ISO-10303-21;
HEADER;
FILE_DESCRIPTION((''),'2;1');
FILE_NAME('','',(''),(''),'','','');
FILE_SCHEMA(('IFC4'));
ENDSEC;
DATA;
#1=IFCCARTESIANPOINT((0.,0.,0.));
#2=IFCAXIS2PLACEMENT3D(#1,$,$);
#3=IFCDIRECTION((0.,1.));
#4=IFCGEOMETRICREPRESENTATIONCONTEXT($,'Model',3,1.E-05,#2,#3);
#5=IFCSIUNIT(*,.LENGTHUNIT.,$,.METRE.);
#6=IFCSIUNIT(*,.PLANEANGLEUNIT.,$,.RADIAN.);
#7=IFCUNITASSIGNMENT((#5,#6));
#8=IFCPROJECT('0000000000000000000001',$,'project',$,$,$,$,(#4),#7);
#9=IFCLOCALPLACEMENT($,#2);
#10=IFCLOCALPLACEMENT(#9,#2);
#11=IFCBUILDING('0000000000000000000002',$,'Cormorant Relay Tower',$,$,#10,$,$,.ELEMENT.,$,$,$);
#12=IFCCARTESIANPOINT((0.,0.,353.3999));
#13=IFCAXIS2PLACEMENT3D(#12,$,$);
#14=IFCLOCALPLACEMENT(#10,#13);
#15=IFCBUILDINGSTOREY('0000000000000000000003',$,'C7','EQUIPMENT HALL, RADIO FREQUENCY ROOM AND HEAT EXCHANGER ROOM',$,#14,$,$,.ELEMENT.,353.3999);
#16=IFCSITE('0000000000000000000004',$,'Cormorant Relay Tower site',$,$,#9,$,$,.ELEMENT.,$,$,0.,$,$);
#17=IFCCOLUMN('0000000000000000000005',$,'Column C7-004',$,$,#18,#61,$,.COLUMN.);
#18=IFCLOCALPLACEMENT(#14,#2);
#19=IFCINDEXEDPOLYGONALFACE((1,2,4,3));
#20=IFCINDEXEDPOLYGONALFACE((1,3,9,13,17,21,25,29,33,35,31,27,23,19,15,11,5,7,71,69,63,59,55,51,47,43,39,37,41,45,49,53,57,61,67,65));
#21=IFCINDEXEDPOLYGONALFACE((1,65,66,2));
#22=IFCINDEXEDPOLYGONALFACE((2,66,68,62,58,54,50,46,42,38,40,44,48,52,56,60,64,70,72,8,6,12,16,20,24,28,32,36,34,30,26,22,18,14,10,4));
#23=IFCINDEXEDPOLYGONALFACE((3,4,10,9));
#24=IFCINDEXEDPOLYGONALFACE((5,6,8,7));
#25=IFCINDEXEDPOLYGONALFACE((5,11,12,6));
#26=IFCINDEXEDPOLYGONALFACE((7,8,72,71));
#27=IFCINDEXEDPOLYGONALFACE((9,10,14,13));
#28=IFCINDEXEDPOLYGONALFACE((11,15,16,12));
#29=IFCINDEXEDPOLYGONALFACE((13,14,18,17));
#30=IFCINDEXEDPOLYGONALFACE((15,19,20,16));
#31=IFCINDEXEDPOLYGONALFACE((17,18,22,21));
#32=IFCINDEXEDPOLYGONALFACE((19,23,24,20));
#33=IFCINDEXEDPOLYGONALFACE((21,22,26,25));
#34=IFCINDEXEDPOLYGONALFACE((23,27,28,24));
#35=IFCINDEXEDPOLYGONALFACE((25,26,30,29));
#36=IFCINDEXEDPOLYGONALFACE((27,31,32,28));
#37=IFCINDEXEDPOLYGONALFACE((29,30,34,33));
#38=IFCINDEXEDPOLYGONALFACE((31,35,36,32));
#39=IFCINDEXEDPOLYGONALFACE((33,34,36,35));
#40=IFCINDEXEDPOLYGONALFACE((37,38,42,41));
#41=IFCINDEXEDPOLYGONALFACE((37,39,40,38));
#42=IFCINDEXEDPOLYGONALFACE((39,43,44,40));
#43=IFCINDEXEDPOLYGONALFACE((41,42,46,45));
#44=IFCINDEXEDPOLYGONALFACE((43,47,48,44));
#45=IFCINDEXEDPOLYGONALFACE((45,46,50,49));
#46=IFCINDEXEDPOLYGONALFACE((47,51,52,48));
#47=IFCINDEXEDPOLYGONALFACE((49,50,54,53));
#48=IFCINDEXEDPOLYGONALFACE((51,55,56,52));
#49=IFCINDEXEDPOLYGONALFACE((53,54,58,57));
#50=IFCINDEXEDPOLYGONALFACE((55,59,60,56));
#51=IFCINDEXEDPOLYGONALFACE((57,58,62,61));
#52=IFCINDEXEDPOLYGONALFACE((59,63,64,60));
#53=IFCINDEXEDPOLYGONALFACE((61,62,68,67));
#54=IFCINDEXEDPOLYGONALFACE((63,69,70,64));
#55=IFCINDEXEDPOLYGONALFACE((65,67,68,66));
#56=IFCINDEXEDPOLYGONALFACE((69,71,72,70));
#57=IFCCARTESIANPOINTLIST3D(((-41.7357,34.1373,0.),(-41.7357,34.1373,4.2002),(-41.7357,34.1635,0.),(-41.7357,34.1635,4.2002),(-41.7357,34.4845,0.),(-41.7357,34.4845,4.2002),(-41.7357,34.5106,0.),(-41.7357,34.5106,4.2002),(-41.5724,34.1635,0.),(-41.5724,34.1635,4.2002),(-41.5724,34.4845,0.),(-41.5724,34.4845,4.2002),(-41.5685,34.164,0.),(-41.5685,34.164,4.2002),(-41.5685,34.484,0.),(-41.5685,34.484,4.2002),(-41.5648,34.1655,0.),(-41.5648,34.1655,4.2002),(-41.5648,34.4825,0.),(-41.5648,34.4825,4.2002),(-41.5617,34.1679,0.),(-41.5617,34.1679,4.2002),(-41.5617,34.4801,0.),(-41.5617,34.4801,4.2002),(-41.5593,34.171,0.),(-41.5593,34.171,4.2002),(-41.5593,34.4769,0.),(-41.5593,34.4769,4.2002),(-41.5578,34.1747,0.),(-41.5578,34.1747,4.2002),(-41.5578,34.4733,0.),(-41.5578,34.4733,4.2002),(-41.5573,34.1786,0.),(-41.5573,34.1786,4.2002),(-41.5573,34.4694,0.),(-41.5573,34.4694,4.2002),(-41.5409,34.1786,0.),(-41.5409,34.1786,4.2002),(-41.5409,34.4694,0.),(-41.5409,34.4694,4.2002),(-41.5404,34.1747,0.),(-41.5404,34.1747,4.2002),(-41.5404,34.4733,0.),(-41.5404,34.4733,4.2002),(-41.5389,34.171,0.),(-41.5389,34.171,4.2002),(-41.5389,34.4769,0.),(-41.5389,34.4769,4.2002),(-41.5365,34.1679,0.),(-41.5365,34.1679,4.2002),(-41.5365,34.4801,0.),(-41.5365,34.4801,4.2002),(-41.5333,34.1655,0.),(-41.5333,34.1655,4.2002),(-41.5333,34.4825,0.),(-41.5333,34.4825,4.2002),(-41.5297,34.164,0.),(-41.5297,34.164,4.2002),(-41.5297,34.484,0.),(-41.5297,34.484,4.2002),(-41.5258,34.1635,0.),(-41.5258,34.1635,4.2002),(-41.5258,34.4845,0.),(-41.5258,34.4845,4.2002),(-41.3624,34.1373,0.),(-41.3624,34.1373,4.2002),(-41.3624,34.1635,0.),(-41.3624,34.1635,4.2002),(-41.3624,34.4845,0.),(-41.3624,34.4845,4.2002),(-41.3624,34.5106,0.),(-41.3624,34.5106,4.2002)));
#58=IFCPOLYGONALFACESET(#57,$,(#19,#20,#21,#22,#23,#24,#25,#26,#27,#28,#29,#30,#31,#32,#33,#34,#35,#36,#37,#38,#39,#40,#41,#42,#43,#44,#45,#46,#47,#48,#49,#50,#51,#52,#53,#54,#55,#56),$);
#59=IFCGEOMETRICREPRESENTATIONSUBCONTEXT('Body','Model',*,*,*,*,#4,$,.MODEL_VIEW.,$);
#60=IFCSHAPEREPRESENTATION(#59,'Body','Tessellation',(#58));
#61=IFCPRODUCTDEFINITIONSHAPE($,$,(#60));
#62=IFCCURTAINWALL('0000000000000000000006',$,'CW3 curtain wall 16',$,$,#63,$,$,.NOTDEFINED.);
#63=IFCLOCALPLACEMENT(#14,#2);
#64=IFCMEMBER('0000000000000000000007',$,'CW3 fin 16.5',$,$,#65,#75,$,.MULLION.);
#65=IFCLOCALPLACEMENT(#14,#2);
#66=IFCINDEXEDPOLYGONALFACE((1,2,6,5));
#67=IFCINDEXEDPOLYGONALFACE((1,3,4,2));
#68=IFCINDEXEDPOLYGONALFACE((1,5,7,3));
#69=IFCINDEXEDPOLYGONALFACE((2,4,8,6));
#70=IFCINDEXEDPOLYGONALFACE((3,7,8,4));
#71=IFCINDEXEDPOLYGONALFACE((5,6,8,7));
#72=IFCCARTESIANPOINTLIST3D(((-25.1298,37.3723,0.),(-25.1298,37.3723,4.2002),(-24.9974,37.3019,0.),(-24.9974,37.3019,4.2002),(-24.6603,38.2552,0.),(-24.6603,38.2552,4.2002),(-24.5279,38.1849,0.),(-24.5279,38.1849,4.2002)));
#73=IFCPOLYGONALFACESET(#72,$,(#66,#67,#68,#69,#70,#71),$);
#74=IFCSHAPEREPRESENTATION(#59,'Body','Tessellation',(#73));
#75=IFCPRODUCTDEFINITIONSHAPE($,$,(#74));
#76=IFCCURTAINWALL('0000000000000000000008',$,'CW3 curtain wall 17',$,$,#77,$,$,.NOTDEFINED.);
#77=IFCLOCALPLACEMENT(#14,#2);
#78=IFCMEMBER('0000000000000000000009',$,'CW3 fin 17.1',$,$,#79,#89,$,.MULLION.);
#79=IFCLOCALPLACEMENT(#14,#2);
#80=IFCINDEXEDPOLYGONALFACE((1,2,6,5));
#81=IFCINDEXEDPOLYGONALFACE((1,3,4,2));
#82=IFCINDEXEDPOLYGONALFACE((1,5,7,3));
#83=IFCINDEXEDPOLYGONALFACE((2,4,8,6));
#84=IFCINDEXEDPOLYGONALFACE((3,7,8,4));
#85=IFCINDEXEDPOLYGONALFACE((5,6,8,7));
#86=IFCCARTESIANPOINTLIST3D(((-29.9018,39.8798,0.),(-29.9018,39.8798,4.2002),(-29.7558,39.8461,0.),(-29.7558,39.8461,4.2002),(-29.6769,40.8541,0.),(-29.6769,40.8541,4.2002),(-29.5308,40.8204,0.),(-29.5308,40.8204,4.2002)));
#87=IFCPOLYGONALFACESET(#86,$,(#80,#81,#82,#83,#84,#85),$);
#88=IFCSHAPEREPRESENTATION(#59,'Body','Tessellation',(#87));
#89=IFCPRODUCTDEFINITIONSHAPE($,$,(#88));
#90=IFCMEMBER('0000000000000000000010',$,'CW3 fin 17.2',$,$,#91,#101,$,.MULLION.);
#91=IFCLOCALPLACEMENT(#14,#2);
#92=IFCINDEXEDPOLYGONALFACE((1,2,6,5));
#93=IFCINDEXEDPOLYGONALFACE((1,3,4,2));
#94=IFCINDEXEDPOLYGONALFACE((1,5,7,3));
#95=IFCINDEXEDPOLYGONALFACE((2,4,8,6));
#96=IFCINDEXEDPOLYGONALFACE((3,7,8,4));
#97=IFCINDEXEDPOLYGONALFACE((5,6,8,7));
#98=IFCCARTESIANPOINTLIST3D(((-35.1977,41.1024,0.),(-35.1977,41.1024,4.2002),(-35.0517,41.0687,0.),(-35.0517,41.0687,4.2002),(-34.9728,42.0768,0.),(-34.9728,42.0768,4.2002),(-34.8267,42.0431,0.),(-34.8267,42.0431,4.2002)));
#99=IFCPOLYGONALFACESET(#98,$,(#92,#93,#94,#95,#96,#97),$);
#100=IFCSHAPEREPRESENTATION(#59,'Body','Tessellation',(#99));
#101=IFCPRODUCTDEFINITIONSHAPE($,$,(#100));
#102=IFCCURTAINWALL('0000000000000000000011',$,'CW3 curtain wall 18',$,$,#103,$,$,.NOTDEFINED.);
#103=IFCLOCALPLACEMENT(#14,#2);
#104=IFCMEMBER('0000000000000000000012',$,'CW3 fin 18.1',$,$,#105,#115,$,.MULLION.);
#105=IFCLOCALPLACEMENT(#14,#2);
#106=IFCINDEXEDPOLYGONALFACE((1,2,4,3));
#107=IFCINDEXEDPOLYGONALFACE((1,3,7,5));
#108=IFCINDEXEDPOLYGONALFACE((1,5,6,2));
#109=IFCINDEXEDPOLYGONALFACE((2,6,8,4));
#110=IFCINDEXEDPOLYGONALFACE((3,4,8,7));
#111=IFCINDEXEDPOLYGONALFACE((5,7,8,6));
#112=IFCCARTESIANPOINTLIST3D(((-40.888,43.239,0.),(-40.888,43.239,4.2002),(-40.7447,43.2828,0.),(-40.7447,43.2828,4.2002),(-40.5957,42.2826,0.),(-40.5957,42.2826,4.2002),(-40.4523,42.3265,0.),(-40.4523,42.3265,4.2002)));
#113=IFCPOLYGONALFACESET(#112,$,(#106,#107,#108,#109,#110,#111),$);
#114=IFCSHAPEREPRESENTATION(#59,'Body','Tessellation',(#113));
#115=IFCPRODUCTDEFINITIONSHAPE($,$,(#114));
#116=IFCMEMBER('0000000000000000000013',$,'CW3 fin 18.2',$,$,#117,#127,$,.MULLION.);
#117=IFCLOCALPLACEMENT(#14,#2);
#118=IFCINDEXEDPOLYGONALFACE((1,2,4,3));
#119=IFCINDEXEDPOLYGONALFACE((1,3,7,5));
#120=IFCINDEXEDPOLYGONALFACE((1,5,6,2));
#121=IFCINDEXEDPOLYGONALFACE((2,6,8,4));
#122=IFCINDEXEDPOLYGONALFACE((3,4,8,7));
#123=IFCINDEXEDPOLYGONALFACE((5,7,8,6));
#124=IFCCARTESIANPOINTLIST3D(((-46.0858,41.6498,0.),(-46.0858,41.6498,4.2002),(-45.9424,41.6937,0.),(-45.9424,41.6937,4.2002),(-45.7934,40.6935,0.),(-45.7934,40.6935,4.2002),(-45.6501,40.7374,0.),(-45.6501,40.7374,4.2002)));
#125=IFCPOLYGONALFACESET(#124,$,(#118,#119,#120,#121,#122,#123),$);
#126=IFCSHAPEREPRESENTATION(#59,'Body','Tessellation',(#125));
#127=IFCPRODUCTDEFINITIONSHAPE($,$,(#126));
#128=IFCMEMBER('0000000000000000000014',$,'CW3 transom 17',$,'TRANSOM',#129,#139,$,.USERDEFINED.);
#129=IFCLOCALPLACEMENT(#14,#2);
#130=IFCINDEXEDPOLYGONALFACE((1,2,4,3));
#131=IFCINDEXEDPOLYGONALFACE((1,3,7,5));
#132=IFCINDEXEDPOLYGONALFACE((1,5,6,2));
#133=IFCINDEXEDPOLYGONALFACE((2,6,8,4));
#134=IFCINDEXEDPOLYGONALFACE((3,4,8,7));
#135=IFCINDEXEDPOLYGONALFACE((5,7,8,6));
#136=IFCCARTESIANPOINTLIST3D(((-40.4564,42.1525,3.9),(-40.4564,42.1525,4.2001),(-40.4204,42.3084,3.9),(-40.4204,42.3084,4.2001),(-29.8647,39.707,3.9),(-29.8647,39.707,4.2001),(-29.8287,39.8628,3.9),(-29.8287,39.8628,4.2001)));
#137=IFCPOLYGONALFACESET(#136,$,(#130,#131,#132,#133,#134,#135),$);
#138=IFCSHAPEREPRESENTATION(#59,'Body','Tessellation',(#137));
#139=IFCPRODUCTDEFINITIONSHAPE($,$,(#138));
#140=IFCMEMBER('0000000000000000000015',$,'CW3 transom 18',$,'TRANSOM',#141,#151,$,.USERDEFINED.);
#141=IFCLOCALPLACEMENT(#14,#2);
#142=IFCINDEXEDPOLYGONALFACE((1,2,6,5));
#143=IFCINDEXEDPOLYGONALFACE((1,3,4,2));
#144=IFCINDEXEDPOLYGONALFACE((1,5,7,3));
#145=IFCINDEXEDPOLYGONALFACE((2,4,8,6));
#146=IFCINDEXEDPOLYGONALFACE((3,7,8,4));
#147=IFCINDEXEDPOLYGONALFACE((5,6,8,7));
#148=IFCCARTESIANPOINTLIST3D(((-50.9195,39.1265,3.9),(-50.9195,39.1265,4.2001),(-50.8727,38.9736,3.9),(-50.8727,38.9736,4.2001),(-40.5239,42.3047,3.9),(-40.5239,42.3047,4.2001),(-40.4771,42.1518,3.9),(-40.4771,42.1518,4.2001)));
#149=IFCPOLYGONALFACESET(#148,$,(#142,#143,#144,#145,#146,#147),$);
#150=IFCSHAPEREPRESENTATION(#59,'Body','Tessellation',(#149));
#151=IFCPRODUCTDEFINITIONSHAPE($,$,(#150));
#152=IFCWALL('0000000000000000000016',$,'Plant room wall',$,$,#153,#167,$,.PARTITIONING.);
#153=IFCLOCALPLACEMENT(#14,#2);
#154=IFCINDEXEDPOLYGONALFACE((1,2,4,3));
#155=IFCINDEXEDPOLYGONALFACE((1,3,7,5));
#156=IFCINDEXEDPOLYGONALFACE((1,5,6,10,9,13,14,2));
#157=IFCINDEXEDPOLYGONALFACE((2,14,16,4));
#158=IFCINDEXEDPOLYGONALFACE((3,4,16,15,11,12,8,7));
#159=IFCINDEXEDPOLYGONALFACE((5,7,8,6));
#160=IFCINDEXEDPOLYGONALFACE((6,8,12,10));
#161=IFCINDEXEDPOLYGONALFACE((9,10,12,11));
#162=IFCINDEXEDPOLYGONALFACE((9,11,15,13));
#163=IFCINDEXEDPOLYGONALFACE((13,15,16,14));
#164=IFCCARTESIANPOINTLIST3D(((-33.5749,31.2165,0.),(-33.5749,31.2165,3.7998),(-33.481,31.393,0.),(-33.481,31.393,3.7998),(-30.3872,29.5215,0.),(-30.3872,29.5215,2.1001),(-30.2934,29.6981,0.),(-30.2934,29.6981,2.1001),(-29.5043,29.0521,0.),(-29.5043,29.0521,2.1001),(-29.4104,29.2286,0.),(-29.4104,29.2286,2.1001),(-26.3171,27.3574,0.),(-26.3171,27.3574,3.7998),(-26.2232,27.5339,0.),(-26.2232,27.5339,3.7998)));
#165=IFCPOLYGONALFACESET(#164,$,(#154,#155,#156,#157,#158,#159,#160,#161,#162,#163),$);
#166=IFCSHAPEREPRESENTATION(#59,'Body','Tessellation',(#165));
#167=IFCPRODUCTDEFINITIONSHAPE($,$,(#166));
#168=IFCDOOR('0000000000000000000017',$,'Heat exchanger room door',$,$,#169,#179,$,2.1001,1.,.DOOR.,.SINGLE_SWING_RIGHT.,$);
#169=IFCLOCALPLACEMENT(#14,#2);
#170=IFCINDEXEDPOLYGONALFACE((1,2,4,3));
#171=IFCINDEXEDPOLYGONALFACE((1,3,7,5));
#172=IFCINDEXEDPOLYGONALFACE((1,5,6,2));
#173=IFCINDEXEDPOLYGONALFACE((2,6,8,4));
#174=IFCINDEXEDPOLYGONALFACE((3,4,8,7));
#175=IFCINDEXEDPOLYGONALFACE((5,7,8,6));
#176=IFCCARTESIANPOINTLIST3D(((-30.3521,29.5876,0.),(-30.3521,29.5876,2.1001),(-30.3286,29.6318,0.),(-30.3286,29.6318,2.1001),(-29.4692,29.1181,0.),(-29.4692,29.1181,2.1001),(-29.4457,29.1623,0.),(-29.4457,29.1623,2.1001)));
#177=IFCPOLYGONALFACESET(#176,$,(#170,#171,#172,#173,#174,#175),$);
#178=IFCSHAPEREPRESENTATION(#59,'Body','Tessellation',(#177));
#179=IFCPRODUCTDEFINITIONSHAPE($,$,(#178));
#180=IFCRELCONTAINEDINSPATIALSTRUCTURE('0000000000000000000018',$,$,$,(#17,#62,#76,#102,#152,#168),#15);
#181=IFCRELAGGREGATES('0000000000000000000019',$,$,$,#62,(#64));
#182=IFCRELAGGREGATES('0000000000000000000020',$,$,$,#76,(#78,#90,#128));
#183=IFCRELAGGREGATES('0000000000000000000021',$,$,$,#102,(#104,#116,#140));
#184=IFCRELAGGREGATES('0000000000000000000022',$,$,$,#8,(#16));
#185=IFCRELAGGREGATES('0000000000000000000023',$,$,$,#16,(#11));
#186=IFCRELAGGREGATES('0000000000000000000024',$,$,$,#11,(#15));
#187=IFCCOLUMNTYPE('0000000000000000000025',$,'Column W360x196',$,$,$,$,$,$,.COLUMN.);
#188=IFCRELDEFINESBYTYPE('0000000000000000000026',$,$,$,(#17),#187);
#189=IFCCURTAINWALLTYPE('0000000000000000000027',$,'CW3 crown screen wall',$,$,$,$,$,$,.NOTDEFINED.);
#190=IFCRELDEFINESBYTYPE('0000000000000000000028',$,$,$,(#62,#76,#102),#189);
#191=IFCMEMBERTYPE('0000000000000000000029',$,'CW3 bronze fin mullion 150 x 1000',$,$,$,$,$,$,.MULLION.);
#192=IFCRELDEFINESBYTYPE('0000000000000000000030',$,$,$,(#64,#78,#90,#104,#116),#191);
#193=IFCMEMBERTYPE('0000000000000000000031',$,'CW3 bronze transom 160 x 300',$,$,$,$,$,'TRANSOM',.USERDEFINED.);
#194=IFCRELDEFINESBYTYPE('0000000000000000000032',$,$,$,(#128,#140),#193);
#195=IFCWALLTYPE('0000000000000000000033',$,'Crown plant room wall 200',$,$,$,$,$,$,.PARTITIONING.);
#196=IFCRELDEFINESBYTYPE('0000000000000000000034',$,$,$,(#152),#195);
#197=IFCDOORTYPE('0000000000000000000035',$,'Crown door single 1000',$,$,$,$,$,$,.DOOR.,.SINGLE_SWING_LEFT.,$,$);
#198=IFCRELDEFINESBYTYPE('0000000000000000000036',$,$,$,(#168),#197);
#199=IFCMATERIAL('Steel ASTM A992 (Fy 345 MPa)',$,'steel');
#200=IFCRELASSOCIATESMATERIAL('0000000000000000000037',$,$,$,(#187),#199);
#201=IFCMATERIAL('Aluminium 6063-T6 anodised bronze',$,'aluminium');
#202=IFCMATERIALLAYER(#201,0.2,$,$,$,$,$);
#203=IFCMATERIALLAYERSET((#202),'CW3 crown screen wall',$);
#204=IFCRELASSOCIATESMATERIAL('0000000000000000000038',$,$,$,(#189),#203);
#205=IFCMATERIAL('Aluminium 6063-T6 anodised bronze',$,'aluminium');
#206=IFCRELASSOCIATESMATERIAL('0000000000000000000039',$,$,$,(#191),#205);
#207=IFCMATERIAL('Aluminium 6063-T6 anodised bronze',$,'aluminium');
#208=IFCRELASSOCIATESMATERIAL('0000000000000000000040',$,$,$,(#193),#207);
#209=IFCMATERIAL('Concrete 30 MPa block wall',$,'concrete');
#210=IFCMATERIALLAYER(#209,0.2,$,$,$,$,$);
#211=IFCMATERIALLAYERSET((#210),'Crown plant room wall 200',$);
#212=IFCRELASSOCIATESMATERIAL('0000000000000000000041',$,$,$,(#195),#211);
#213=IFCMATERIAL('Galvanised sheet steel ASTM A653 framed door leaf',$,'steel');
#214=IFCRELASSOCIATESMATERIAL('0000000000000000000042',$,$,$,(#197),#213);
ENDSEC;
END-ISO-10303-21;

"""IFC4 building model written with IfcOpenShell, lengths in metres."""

from ifc_helpers import new_model, si_unit, direction, frame, frame_2d, origin, origin_2d, place, context, subcontext, project, spatial, rectangle, i_section, extrude, material, layer, layer_set, material_profile, profile_set, type_object, element, fill, aggregate, save


model = new_model("IFC4")

# Units and contexts
model_context = context("Model", 3, precision=1e-05, world=origin(), true_north=direction((0.0, 1.0)))
body_context = subcontext(model_context, "Body", "Model", "MODEL_VIEW")
ifc_project = project(units=[si_unit("LENGTHUNIT", "METRE"), si_unit("PLANEANGLEUNIT", "RADIAN")], contexts=[model_context])

# Site, building, storey
site_placement = place(None, origin())
site = spatial("IfcSite", under=ifc_project, at=site_placement, Name="Cormorant Relay Tower site", CompositionType="ELEMENT", RefElevation=0.0)
building_placement = place(site_placement, origin())
building = spatial("IfcBuilding", under=site, at=building_placement, Name="Cormorant Relay Tower", CompositionType="ELEMENT")
storey_placement = place(building_placement, frame((0.0, 0.0, 353.3999)))
storey = spatial("IfcBuildingStorey", under=building, at=storey_placement, Name="C7", Description="EQUIPMENT HALL, RADIO FREQUENCY ROOM AND HEAT EXCHANGER ROOM", CompositionType="ELEMENT", Elevation=353.3999)

# Column
ifc_material_1 = material(Name="Steel ASTM A992 (Fy 345 MPa)", Category="steel")
ifc_material_profile_1 = material_profile(ifc_material_1, i_section(OverallWidth=0.3733, OverallDepth=0.3733, WebThickness=0.0164, FlangeThickness=0.0261, FilletRadius=0.0151, at=origin_2d()), Name="W360x196")
ifc_profile_set_1 = profile_set([ifc_material_profile_1], Name="Steel ASTM A992 (Fy 345 MPa)")
column_type = type_object("IfcColumnType", Name="Column W360x196", PredefinedType="COLUMN", material=ifc_profile_set_1)
column_placement = place(storey_placement, frame((-41.5491, 34.324, 0.0), z_axis=(0.0, 0.0, 1.0), x_axis=(1.0, 0.0, 0.0)))
element("IfcColumn", 1, at=column_placement, inside=storey, type_object=column_type, Name="Column C7-004", PredefinedType="COLUMN", context=body_context, shape_type="SweptSolid", body=[
    extrude(i_section(OverallWidth=0.3733, OverallDepth=0.3733, WebThickness=0.0164, FlangeThickness=0.0261, FilletRadius=0.0151, at=origin_2d()), origin(), (0.0, 0.0, 1.0), 4.2002),
])

# Curtain wall, member
ifc_material_2 = material(Name="Aluminium 6063-T6 anodised bronze", Category="aluminium")
ifc_layer_1 = layer(ifc_material_2, 0.2)
ifc_layer_set_1 = layer_set([ifc_layer_1], Name="CW3 crown screen wall")
curtain_wall_type = type_object("IfcCurtainWallType", Name="CW3 crown screen wall", PredefinedType="NOTDEFINED", material=ifc_layer_set_1)
curtain_wall_1_placement = place(storey_placement, origin())
curtain_wall_1 = element("IfcCurtainWall", 2, at=curtain_wall_1_placement, inside=storey, type_object=curtain_wall_type, Name="CW3 curtain wall 16", PredefinedType="NOTDEFINED")
ifc_material_3 = material(Name="Aluminium 6063-T6 anodised bronze", Category="aluminium")
ifc_material_profile_2 = material_profile(ifc_material_3, rectangle(XDim=0.1499, YDim=1.0, at=origin_2d()), Name="AL 150x1000")
ifc_profile_set_2 = profile_set([ifc_material_profile_2], Name="Aluminium 6063-T6 anodised bronze")
member_type_1 = type_object("IfcMemberType", Name="CW3 bronze fin mullion 150 x 1000", PredefinedType="MULLION", material=ifc_profile_set_2)
member_1_placement = place(storey_placement, frame((-24.8289, 37.7786, 0.0), z_axis=(0.0, 0.0, 1.0), x_axis=(-0.882948, 0.469472, 0.0)))
member_1 = element("IfcMember", 3, at=member_1_placement, type_object=member_type_1, Name="CW3 fin 16.5", PredefinedType="MULLION", context=body_context, shape_type="SweptSolid", body=[
    extrude(rectangle(XDim=0.1499, YDim=1.0, at=origin_2d()), origin(), (0.0, 0.0, 1.0), 4.2002),
])

# Curtain walls, members
curtain_wall_2_placement = place(storey_placement, origin())
curtain_wall_2 = element("IfcCurtainWall", 4, at=curtain_wall_2_placement, inside=storey, type_object=curtain_wall_type, Name="CW3 curtain wall 17", PredefinedType="NOTDEFINED")
member_2_placement = place(storey_placement, frame((-29.7163, 40.3501, 0.0), z_axis=(0.0, 0.0, 1.0), x_axis=(-0.97437, 0.224951, 0.0)))
member_2 = element("IfcMember", 5, at=member_2_placement, type_object=member_type_1, Name="CW3 fin 17.1", PredefinedType="MULLION", context=body_context, shape_type="SweptSolid", body=[
    extrude(rectangle(XDim=0.1499, YDim=1.0, at=origin_2d()), origin(), (0.0, 0.0, 1.0), 4.2002),
])
member_3_placement = place(storey_placement, frame((-35.0122, 41.5728, 0.0), z_axis=(0.0, 0.0, 1.0), x_axis=(-0.97437, 0.224951, 0.0)))
member_3 = element("IfcMember", 6, at=member_3_placement, type_object=member_type_1, Name="CW3 fin 17.2", PredefinedType="MULLION", context=body_context, shape_type="SweptSolid", body=[
    extrude(rectangle(XDim=0.1499, YDim=1.0, at=origin_2d()), origin(), (0.0, 0.0, 1.0), 4.2002),
])
curtain_wall_3_placement = place(storey_placement, origin())
curtain_wall_3 = element("IfcCurtainWall", 7, at=curtain_wall_3_placement, inside=storey, type_object=curtain_wall_type, Name="CW3 curtain wall 18", PredefinedType="NOTDEFINED")
member_4_placement = place(storey_placement, frame((-40.6702, 42.7827, 0.0), z_axis=(0.0, 0.0, 1.0), x_axis=(-0.956305, -0.292372, 0.0)))
member_4 = element("IfcMember", 8, at=member_4_placement, type_object=member_type_1, Name="CW3 fin 18.1", PredefinedType="MULLION", context=body_context, shape_type="SweptSolid", body=[
    extrude(rectangle(XDim=0.1499, YDim=1.0, at=origin_2d()), origin(), (0.0, 0.0, 1.0), 4.2002),
])
member_5_placement = place(storey_placement, frame((-45.8679, 41.1936, 0.0), z_axis=(0.0, 0.0, 1.0), x_axis=(-0.956305, -0.292372, 0.0)))
member_5 = element("IfcMember", 9, at=member_5_placement, type_object=member_type_1, Name="CW3 fin 18.2", PredefinedType="MULLION", context=body_context, shape_type="SweptSolid", body=[
    extrude(rectangle(XDim=0.1499, YDim=1.0, at=origin_2d()), origin(), (0.0, 0.0, 1.0), 4.2002),
])

# Members
ifc_material_4 = material(Name="Aluminium 6063-T6 anodised bronze", Category="aluminium")
ifc_material_profile_3 = material_profile(ifc_material_4, rectangle(XDim=0.1599, YDim=0.3, at=origin_2d()), Name="AL 160x300")
ifc_profile_set_3 = profile_set([ifc_material_profile_3], Name="Aluminium 6063-T6 anodised bronze")
member_type_2 = type_object("IfcMemberType", Name="CW3 bronze transom 160 x 300", ElementType="TRANSOM", PredefinedType="USERDEFINED", material=ifc_profile_set_3)
member_6_placement = place(storey_placement, frame((-29.8467, 39.7849, 4.05), z_axis=(-0.974365, 0.224973, 0.0), x_axis=(-0.224973, -0.974365, 0.0)))
member_6 = element("IfcMember", 10, at=member_6_placement, type_object=member_type_2, Name="CW3 transom 17", ObjectType="TRANSOM", PredefinedType="USERDEFINED", context=body_context, shape_type="SweptSolid", body=[
    extrude(rectangle(XDim=0.1599, YDim=0.3, at=origin_2d()), origin(), (0.0, 0.0, 1.0), 10.8704),
])
member_7_placement = place(storey_placement, frame((-40.5005, 42.2283, 4.05), z_axis=(-0.956305, -0.292371, 0.0), x_axis=(0.292371, -0.956305, 0.0)))
member_7 = element("IfcMember", 11, at=member_7_placement, type_object=member_type_2, Name="CW3 transom 18", ObjectType="TRANSOM", PredefinedType="USERDEFINED", context=body_context, shape_type="SweptSolid", body=[
    extrude(rectangle(XDim=0.1599, YDim=0.3, at=origin_2d()), origin(), (0.0, 0.0, 1.0), 10.8706),
])

# Wall, opening, door
ifc_material_5 = material(Name="Concrete 30 MPa block wall", Category="concrete")
ifc_layer_2 = layer(ifc_material_5, 0.2)
ifc_layer_set_2 = layer_set([ifc_layer_2], Name="Crown plant room wall 200")
wall_type_1 = type_object("IfcWallType", Name="Crown plant room wall 200", PredefinedType="PARTITIONING", material=ifc_layer_set_2)
wall_1_placement = place(storey_placement, frame((-33.5278, 31.3047, 0.0), z_axis=(0.0, 0.0, 1.0), x_axis=(0.882943, -0.469479, 0.0)))
wall_1 = element("IfcWall", 12, at=wall_1_placement, inside=storey, type_object=wall_type_1, Name="Plant room wall", PredefinedType="PARTITIONING", context=body_context, shape_type="SweptSolid", body=[
    extrude(rectangle(XDim=8.22, YDim=0.2, at=frame_2d((4.1099, 0.0))), origin(), (0.0, 0.0, 1.0), 3.7998),
])
opening_placement = place(wall_1_placement, frame((3.6101, 0.0, 0.0)))
opening = element("IfcOpeningElement", 13, at=opening_placement, cuts=wall_1, PredefinedType="OPENING", context=body_context, shape_type="SweptSolid", body=[
    extrude(rectangle(XDim=1.0, YDim=2.1001, at=frame_2d((0.5, 1.05))), frame((0.0, 0.1099, 0.0), z_axis=(0.0, -1.0, 0.0), x_axis=(1.0, 0.0, 0.0)), (0.0, 0.0, 1.0), 0.22),
])
ifc_material_6 = material(Name="Galvanised sheet steel ASTM A653 framed door leaf", Category="steel")
door_type = type_object("IfcDoorType", Name="Crown door single 1000", OperationType="SINGLE_SWING_LEFT", PredefinedType="DOOR", material=ifc_material_6)
door_placement = place(opening_placement, origin())
door = element("IfcDoor", 14, at=door_placement, inside=storey, type_object=door_type, Name="Heat exchanger room door", OperationType="SINGLE_SWING_RIGHT", OverallHeight=2.1001, OverallWidth=1.0, PredefinedType="DOOR", context=body_context, shape_type="SweptSolid", body=[
    extrude(rectangle(XDim=1.0, YDim=2.1001, at=frame_2d((0.5, 1.05))), frame((0.0, 0.0249, 0.0), z_axis=(0.0, -1.0, 0.0), x_axis=(1.0, 0.0, 0.0)), (0.0, 0.0, 1.0), 0.05),
])
fill(opening, door)

aggregate(curtain_wall_1, [member_1])
aggregate(curtain_wall_2, [member_2, member_3, member_6])
aggregate(curtain_wall_3, [member_4, member_5, member_7])

save(model, "model.ifc")
